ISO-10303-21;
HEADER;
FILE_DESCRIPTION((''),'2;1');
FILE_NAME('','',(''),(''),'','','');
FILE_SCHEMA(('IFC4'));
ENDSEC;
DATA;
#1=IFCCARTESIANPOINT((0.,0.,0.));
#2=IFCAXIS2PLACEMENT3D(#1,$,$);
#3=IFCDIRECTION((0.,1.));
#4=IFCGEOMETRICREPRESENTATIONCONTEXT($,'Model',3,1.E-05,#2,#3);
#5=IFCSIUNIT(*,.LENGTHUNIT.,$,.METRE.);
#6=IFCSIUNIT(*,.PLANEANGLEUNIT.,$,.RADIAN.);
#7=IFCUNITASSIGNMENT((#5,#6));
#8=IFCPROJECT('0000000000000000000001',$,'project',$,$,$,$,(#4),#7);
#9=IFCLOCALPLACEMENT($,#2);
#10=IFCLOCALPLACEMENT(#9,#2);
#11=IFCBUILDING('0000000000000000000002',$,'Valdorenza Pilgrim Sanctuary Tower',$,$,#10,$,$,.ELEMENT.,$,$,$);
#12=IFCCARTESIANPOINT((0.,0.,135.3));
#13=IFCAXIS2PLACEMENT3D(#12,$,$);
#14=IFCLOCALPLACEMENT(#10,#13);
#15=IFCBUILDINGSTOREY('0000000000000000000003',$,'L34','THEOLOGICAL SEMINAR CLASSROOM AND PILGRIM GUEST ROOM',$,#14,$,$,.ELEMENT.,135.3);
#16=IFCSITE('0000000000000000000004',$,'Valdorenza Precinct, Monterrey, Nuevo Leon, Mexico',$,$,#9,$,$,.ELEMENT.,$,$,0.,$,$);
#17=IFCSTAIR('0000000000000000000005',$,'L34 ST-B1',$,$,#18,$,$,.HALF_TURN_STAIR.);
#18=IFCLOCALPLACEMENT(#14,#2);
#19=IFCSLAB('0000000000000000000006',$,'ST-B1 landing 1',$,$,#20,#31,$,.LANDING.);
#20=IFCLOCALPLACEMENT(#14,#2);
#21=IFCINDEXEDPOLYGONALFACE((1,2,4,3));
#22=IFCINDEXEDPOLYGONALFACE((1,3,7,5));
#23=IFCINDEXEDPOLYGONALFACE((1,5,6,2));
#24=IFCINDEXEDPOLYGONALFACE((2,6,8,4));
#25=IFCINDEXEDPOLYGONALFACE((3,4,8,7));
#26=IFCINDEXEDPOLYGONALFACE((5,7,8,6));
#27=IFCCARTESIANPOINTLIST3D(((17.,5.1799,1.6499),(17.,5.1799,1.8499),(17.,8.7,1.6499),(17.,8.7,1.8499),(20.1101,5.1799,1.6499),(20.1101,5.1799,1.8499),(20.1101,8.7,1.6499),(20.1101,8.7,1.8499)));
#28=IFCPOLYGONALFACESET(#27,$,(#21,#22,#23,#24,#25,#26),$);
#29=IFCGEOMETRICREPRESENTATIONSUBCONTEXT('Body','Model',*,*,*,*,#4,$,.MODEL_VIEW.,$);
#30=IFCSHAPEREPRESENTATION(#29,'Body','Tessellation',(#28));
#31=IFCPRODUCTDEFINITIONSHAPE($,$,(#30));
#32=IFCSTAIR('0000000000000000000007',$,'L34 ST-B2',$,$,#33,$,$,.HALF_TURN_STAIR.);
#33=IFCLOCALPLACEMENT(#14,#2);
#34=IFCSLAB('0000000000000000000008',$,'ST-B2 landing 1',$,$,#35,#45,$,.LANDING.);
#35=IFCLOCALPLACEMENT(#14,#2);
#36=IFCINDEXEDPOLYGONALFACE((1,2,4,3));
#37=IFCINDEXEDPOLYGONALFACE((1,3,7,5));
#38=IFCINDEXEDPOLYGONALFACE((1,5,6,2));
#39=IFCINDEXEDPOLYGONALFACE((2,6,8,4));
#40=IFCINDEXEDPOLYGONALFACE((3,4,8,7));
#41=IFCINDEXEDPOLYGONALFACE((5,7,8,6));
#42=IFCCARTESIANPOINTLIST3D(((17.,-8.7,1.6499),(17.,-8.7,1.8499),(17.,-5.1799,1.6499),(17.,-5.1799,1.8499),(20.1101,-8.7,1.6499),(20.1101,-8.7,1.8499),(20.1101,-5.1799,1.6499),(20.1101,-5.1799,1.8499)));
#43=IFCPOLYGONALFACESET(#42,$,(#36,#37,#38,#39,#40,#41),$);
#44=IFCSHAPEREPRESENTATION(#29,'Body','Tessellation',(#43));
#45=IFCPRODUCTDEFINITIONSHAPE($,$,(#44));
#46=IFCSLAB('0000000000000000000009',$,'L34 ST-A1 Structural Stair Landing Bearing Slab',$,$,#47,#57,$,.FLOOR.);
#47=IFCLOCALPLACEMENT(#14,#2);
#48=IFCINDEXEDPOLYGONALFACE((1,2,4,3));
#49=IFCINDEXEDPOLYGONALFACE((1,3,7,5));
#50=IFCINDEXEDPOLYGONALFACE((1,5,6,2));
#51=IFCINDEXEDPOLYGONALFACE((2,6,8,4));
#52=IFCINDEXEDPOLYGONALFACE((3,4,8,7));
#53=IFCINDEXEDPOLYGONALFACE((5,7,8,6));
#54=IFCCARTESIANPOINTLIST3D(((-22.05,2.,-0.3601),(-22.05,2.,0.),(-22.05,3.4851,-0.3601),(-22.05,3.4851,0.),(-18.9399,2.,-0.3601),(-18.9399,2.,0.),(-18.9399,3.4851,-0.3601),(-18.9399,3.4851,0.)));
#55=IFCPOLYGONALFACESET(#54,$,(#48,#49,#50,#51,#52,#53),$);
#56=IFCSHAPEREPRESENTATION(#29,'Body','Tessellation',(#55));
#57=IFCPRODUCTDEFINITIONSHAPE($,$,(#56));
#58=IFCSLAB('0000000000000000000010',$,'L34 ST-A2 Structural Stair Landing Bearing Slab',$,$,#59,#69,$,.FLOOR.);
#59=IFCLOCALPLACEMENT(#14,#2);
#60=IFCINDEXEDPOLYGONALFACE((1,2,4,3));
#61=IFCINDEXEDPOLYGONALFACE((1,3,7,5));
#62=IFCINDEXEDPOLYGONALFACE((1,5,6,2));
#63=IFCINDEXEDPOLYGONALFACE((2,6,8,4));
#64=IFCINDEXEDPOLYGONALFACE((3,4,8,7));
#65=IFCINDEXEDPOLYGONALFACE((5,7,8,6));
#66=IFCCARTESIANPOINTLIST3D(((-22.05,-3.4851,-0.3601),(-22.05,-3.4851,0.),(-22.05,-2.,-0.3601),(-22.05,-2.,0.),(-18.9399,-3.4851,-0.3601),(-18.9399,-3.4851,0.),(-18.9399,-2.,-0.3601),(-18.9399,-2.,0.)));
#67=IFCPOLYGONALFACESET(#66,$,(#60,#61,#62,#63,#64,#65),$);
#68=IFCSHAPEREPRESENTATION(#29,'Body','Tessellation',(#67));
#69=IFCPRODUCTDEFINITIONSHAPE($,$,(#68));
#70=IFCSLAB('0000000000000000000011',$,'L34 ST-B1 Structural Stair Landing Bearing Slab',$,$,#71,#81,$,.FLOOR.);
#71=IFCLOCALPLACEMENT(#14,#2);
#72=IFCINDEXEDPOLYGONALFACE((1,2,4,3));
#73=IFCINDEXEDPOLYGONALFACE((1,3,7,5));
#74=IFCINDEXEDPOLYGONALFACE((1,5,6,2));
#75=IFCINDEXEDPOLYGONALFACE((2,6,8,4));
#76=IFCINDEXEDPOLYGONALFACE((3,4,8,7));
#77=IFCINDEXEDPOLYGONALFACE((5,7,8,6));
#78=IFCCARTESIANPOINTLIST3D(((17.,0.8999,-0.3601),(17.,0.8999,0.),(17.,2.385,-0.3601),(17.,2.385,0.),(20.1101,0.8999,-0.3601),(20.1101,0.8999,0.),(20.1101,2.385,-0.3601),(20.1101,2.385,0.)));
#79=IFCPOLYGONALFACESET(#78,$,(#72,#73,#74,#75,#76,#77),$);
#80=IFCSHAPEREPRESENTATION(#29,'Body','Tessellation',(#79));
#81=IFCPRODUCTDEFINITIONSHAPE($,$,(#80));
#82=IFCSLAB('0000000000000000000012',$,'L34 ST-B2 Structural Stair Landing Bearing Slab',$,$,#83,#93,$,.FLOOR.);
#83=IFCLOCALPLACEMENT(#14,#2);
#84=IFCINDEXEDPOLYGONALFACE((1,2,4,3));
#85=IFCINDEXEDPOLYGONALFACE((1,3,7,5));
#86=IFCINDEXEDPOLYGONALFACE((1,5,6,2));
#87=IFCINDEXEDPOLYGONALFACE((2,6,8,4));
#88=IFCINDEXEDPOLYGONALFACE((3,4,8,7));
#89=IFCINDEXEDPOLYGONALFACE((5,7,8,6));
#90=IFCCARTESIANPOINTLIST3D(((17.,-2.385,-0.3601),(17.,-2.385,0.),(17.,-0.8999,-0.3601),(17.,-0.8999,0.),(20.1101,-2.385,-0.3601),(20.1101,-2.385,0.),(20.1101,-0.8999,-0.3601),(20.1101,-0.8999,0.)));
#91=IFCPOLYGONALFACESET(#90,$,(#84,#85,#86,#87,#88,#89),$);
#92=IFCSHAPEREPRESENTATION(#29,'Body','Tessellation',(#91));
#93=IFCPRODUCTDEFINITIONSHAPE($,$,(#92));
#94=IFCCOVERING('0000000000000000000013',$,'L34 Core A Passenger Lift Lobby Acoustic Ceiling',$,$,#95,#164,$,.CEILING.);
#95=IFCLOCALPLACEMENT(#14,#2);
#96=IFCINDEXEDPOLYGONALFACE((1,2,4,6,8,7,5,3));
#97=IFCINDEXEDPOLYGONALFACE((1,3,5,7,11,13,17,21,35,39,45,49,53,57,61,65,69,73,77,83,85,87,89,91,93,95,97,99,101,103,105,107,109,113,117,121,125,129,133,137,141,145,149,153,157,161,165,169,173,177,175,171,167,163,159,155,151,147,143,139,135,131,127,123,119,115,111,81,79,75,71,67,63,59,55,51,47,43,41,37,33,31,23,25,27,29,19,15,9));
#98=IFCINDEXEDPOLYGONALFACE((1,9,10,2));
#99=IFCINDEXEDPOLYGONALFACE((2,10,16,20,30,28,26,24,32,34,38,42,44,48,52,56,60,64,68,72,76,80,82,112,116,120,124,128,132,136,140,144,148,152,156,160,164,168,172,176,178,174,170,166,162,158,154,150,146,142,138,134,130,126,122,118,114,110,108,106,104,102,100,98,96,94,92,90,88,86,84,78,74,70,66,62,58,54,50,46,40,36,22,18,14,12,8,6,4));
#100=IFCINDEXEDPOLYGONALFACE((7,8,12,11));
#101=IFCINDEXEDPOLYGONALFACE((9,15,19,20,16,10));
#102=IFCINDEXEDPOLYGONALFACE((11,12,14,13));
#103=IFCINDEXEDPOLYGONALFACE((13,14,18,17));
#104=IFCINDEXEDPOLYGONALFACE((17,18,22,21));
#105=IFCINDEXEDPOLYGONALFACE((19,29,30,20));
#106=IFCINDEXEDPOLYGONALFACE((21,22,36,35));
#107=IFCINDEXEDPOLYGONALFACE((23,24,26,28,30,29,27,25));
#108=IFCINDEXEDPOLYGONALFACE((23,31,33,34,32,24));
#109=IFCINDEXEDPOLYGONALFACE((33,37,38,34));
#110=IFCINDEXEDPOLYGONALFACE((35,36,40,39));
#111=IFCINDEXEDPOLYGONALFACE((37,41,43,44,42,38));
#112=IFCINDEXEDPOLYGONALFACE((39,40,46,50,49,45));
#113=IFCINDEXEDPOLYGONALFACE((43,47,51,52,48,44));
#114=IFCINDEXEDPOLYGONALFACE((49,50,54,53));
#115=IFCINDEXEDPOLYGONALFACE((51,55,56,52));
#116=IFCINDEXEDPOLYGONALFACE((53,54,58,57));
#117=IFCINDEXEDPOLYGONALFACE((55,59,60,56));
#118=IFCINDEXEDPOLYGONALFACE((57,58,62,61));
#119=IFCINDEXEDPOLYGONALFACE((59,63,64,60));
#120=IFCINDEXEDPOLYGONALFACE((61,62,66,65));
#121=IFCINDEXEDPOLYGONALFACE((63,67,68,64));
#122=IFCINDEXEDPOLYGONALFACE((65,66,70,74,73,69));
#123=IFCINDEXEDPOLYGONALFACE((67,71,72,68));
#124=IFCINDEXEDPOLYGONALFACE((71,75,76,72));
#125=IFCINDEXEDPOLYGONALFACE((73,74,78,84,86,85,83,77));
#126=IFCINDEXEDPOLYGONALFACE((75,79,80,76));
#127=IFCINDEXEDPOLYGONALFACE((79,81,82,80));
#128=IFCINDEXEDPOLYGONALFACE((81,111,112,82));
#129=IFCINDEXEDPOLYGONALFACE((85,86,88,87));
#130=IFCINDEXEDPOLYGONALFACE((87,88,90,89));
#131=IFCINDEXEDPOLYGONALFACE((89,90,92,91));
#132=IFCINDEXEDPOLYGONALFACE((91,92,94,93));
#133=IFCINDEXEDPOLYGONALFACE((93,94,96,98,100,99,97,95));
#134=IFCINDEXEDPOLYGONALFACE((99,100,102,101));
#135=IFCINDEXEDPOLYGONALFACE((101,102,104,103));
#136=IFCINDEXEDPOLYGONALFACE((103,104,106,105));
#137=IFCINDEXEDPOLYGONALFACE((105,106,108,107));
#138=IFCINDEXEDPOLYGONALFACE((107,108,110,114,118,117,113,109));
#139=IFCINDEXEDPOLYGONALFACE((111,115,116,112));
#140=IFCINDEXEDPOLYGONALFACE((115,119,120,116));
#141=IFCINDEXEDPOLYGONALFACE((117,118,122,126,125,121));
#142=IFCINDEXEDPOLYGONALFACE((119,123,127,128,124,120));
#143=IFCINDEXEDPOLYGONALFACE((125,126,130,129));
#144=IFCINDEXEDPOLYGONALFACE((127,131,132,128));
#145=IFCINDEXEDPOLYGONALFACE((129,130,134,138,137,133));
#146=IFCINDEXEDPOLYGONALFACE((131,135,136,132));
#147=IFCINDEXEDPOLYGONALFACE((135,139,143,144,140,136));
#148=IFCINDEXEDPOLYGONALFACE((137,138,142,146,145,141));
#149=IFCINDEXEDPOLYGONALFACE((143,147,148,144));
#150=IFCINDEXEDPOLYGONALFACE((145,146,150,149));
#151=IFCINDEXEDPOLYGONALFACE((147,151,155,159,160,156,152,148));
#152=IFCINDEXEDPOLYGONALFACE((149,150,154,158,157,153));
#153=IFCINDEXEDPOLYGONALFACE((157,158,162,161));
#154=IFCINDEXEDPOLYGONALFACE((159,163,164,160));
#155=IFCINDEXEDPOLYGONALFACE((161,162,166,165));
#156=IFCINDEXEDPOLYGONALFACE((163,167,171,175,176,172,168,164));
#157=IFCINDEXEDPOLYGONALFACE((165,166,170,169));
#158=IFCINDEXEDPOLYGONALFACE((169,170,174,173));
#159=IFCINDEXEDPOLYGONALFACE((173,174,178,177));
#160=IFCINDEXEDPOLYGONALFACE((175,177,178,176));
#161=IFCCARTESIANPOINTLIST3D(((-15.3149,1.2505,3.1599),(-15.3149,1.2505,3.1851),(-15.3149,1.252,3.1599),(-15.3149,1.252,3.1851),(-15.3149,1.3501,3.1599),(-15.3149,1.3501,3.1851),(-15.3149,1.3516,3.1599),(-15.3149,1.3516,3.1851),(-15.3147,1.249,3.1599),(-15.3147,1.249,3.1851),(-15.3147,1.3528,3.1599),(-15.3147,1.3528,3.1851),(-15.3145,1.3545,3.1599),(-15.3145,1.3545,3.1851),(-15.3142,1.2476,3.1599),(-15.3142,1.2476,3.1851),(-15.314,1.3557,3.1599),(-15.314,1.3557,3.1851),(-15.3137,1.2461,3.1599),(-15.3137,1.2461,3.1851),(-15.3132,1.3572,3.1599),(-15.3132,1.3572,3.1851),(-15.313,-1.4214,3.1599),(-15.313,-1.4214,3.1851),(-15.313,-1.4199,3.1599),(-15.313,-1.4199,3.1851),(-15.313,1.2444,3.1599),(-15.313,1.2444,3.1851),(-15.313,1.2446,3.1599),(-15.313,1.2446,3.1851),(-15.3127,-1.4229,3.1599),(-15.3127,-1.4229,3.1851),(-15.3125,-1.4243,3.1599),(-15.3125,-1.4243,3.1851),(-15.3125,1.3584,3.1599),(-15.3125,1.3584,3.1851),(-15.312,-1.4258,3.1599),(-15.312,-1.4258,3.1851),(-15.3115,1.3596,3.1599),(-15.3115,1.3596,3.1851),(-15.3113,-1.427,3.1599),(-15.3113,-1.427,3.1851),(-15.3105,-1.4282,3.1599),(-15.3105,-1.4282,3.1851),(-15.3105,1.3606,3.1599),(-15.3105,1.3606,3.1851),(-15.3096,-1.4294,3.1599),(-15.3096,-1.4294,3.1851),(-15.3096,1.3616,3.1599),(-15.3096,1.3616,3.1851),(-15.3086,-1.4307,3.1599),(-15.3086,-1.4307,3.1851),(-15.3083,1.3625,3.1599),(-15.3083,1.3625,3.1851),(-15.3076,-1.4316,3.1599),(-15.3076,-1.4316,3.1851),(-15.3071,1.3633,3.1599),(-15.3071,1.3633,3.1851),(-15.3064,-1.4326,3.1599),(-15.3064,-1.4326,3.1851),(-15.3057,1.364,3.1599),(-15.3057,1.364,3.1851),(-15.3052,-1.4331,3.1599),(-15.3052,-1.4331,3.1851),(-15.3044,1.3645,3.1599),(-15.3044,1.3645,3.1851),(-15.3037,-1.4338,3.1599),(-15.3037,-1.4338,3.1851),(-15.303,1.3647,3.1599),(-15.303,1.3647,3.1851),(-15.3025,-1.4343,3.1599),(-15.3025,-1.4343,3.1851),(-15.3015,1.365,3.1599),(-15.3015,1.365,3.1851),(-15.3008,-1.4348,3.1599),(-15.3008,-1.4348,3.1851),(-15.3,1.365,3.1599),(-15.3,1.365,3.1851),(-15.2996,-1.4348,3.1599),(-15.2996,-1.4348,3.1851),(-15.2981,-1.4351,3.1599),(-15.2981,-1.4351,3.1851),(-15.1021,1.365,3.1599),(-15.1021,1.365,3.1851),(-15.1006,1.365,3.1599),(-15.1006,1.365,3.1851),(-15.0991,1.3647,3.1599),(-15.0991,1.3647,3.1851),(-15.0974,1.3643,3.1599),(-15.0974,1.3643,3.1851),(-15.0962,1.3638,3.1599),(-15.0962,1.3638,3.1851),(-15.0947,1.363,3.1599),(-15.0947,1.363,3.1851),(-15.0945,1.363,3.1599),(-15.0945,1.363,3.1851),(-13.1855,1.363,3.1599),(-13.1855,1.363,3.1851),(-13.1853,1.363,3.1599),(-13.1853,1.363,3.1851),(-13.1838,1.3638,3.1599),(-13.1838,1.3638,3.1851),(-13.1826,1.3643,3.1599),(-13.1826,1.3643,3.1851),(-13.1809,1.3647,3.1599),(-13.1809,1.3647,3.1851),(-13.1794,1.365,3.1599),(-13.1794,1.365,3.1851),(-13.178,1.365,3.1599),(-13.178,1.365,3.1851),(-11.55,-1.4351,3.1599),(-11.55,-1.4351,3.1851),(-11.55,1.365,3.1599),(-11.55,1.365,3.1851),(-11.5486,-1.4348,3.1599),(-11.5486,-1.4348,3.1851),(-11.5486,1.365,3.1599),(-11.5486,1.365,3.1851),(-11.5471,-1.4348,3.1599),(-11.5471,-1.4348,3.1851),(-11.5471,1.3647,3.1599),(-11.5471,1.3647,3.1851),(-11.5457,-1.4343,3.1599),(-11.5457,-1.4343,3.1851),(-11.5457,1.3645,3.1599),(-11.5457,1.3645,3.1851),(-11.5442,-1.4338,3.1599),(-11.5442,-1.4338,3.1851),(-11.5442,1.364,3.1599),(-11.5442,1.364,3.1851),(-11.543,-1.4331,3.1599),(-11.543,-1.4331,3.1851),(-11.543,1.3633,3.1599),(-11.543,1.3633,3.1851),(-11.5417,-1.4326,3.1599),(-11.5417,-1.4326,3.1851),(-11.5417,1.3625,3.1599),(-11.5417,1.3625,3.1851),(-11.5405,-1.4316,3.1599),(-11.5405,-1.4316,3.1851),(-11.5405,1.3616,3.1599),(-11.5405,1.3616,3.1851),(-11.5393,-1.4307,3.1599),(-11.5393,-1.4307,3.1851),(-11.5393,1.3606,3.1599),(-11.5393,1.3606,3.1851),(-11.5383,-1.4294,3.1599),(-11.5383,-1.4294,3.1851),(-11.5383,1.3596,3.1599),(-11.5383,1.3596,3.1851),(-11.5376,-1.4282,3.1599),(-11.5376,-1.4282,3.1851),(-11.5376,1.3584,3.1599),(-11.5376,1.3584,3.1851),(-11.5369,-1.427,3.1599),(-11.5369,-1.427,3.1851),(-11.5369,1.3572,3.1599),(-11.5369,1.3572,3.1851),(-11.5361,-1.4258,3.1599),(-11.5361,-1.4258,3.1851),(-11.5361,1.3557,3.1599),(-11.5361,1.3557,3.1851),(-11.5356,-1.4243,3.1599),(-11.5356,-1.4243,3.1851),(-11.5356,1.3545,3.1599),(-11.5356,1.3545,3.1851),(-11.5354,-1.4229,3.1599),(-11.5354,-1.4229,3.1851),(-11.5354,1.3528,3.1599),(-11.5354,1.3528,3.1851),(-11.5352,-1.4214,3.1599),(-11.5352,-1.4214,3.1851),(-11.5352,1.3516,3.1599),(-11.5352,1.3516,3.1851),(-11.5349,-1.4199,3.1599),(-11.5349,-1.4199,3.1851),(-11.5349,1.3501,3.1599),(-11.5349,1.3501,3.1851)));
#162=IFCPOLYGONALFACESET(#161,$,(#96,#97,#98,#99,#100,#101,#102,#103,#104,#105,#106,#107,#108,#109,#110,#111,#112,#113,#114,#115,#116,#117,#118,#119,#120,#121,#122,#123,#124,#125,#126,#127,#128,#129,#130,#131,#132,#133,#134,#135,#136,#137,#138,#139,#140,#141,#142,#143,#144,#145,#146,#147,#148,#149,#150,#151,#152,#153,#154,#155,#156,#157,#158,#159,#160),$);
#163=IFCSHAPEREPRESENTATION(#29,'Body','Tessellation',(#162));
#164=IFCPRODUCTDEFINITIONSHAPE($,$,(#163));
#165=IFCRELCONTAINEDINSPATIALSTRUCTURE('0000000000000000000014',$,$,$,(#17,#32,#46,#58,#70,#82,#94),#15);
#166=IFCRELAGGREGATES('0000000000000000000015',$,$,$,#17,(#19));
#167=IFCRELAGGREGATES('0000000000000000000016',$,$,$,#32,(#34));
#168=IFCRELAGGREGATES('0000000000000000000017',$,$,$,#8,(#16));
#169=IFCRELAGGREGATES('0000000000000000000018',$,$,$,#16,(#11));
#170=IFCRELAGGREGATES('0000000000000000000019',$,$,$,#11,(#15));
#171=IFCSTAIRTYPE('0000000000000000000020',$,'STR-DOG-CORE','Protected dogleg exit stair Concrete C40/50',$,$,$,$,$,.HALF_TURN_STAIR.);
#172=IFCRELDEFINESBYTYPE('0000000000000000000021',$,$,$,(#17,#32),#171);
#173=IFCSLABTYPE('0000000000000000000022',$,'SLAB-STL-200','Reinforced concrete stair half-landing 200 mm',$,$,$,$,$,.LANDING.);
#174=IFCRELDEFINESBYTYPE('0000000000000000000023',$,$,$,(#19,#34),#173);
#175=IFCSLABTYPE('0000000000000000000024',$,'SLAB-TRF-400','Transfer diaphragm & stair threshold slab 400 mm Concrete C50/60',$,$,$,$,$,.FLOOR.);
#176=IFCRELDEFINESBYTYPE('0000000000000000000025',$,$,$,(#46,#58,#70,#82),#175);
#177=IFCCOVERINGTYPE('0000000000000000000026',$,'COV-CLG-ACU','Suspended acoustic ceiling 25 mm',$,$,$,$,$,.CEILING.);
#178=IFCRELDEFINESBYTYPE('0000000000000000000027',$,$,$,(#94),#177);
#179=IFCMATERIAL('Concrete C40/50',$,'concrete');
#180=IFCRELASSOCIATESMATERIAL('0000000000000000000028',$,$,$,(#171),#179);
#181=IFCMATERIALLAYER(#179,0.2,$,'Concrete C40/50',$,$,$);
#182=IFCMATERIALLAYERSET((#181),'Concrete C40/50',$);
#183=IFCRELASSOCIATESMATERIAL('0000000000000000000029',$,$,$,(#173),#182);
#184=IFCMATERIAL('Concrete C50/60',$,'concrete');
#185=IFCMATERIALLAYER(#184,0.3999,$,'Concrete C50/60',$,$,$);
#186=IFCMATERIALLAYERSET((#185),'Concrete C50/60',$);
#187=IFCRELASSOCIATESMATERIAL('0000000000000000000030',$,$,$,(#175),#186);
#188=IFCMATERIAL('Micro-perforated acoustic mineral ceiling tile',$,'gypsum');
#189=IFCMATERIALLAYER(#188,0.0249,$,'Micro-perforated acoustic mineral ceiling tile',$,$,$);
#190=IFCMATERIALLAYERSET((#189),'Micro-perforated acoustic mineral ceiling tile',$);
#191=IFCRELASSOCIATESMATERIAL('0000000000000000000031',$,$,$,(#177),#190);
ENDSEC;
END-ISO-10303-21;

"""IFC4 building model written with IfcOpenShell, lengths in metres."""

from ifc_helpers import new_model, si_unit, direction, frame, origin, place, context, subcontext, project, spatial, polyline, outline, extrude, material, layer, layer_set, type_object, element, aggregate, save


model = new_model("IFC4")

# Units and contexts
model_context = context("Model", 3, precision=1e-05, world=origin(), true_north=direction((0.0, 1.0)))
body_context = subcontext(model_context, "Body", "Model", "MODEL_VIEW")
ifc_project = project(units=[si_unit("LENGTHUNIT", "METRE"), si_unit("PLANEANGLEUNIT", "RADIAN")], contexts=[model_context])

# Site, building, storey
site_placement = place(None, origin())
site = spatial("IfcSite", under=ifc_project, at=site_placement, Name="Valdorenza Precinct, Monterrey, Nuevo Leon, Mexico", CompositionType="ELEMENT", RefElevation=0.0)
building_placement = place(site_placement, origin())
building = spatial("IfcBuilding", under=site, at=building_placement, Name="Valdorenza Pilgrim Sanctuary Tower", CompositionType="ELEMENT")
storey_placement = place(building_placement, frame((0.0, 0.0, 135.3)))
storey = spatial("IfcBuildingStorey", under=building, at=storey_placement, Name="L34", Description="THEOLOGICAL SEMINAR CLASSROOM AND PILGRIM GUEST ROOM", CompositionType="ELEMENT", Elevation=135.3)

# Shared definitions
ifc_material_1 = material(Name="Concrete C40/50", Category="concrete")

# Stairs, slabs
stair_type = type_object("IfcStairType", Name="STR-DOG-CORE", Description="Protected dogleg exit stair Concrete C40/50", PredefinedType="HALF_TURN_STAIR", material=ifc_material_1)
ifc_layer_1 = layer(ifc_material_1, 0.2, Name="Concrete C40/50")
ifc_layer_set_1 = layer_set([ifc_layer_1], Name="Concrete C40/50")
slab_type_1 = type_object("IfcSlabType", Name="SLAB-STL-200", Description="Reinforced concrete stair half-landing 200 mm", PredefinedType="LANDING", material=ifc_layer_set_1)
stair_1_placement = place(storey_placement, origin())
stair_1 = element("IfcStair", 1, at=stair_1_placement, inside=storey, type_object=stair_type, Name="L34 ST-B1", PredefinedType="HALF_TURN_STAIR")
slab_1_placement = place(storey_placement, frame((0.0, 0.0, 1.6499)))
slab_1 = element("IfcSlab", 2, at=slab_1_placement, type_object=slab_type_1, Name="ST-B1 landing 1", PredefinedType="LANDING", context=body_context, shape_type="SweptSolid", body=[
    extrude(outline(polyline([(20.1101, 5.1799), (20.1101, 8.7), (17.0, 8.7), (17.0, 5.1799), (20.1101, 5.1799)])), origin(), (0.0, 0.0, 1.0), 0.2),
])
aggregate(stair_1, [slab_1])
stair_2_placement = place(storey_placement, origin())
stair_2 = element("IfcStair", 3, at=stair_2_placement, inside=storey, type_object=stair_type, Name="L34 ST-B2", PredefinedType="HALF_TURN_STAIR")
slab_2_placement = place(storey_placement, frame((0.0, 0.0, 1.6499)))
slab_2 = element("IfcSlab", 4, at=slab_2_placement, type_object=slab_type_1, Name="ST-B2 landing 1", PredefinedType="LANDING", context=body_context, shape_type="SweptSolid", body=[
    extrude(outline(polyline([(17.0, -5.1799), (17.0, -8.7), (20.1101, -8.7), (20.1101, -5.1799), (17.0, -5.1799)])), origin(), (0.0, 0.0, 1.0), 0.2),
])
aggregate(stair_2, [slab_2])

# Slabs
ifc_material_2 = material(Name="Concrete C50/60", Category="concrete")
ifc_layer_2 = layer(ifc_material_2, 0.3999, Name="Concrete C50/60")
ifc_layer_set_2 = layer_set([ifc_layer_2], Name="Concrete C50/60")
slab_type_2 = type_object("IfcSlabType", Name="SLAB-TRF-400", Description="Transfer diaphragm & stair threshold slab 400 mm Concrete C50/60", PredefinedType="FLOOR", material=ifc_layer_set_2)
slab_3_placement = place(storey_placement, frame((0.0, 0.0, -0.3601)))
element("IfcSlab", 5, at=slab_3_placement, inside=storey, type_object=slab_type_2, Name="L34 ST-A1 Structural Stair Landing Bearing Slab", PredefinedType="FLOOR", context=body_context, shape_type="SweptSolid", body=[
    extrude(outline(polyline([(-22.05, 2.0), (-18.9399, 2.0), (-18.9399, 3.4851), (-22.05, 3.4851), (-22.05, 2.0)])), origin(), (0.0, 0.0, 1.0), 0.3601),
])
slab_4_placement = place(storey_placement, frame((0.0, 0.0, -0.3601)))
element("IfcSlab", 6, at=slab_4_placement, inside=storey, type_object=slab_type_2, Name="L34 ST-A2 Structural Stair Landing Bearing Slab", PredefinedType="FLOOR", context=body_context, shape_type="SweptSolid", body=[
    extrude(outline(polyline([(-22.05, -3.4851), (-18.9399, -3.4851), (-18.9399, -2.0), (-22.05, -2.0), (-22.05, -3.4851)])), origin(), (0.0, 0.0, 1.0), 0.3601),
])
slab_5_placement = place(storey_placement, frame((0.0, 0.0, -0.3601)))
element("IfcSlab", 7, at=slab_5_placement, inside=storey, type_object=slab_type_2, Name="L34 ST-B1 Structural Stair Landing Bearing Slab", PredefinedType="FLOOR", context=body_context, shape_type="SweptSolid", body=[
    extrude(outline(polyline([(17.0, 0.8999), (20.1101, 0.8999), (20.1101, 2.385), (17.0, 2.385), (17.0, 0.8999)])), origin(), (0.0, 0.0, 1.0), 0.3601),
])
slab_6_placement = place(storey_placement, frame((0.0, 0.0, -0.3601)))
element("IfcSlab", 8, at=slab_6_placement, inside=storey, type_object=slab_type_2, Name="L34 ST-B2 Structural Stair Landing Bearing Slab", PredefinedType="FLOOR", context=body_context, shape_type="SweptSolid", body=[
    extrude(outline(polyline([(17.0, -2.385), (20.1101, -2.385), (20.1101, -0.8999), (17.0, -0.8999), (17.0, -2.385)])), origin(), (0.0, 0.0, 1.0), 0.3601),
])

# Covering
ifc_material_3 = material(Name="Micro-perforated acoustic mineral ceiling tile", Category="gypsum")
ifc_layer_3 = layer(ifc_material_3, 0.0249, Name="Micro-perforated acoustic mineral ceiling tile")
ifc_layer_set_3 = layer_set([ifc_layer_3], Name="Micro-perforated acoustic mineral ceiling tile")
covering_type_1 = type_object("IfcCoveringType", Name="COV-CLG-ACU", Description="Suspended acoustic ceiling 25 mm", PredefinedType="CEILING", material=ifc_layer_set_3)
covering_1_placement = place(storey_placement, frame((0.0, 0.0, 3.1599)))
element("IfcCovering", 9, at=covering_1_placement, inside=storey, type_object=covering_type_1, Name="L34 Core A Passenger Lift Lobby Acoustic Ceiling", PredefinedType="CEILING", context=body_context, shape_type="SweptSolid", body=[
    extrude(outline(polyline([(-15.313, 1.2444), (-15.313, 1.2446), (-15.3137, 1.2461), (-15.3142, 1.2476), (-15.3147, 1.249), (-15.3149, 1.2505), (-15.3149, 1.252), (-15.3149, 1.3501), (-15.3149, 1.3516), (-15.3147, 1.3528), (-15.3145, 1.3545), (-15.314, 1.3557), (-15.3132, 1.3572), (-15.3125, 1.3584), (-15.3115, 1.3596), (-15.3105, 1.3606), (-15.3096, 1.3616), (-15.3083, 1.3625), (-15.3071, 1.3633), (-15.3057, 1.364), (-15.3044, 1.3645), (-15.303, 1.3647), (-15.3015, 1.365), (-15.3, 1.365), (-15.1021, 1.365), (-15.1006, 1.365), (-15.0991, 1.3647), (-15.0974, 1.3643), (-15.0962, 1.3638), (-15.0947, 1.363), (-15.0945, 1.363), (-13.1855, 1.363), (-13.1853, 1.363), (-13.1838, 1.3638), (-13.1826, 1.3643), (-13.1809, 1.3647), (-13.1794, 1.365), (-13.178, 1.365), (-11.55, 1.365), (-11.5486, 1.365), (-11.5471, 1.3647), (-11.5457, 1.3645), (-11.5442, 1.364), (-11.543, 1.3633), (-11.5417, 1.3625), (-11.5405, 1.3616), (-11.5393, 1.3606), (-11.5383, 1.3596), (-11.5376, 1.3584), (-11.5369, 1.3572), (-11.5361, 1.3557), (-11.5356, 1.3545), (-11.5354, 1.3528), (-11.5352, 1.3516), (-11.5349, 1.3501), (-11.5349, -1.4199), (-11.5352, -1.4214), (-11.5354, -1.4229), (-11.5356, -1.4243), (-11.5361, -1.4258), (-11.5369, -1.427), (-11.5376, -1.4282), (-11.5383, -1.4294), (-11.5393, -1.4307), (-11.5405, -1.4316), (-11.5417, -1.4326), (-11.543, -1.4331), (-11.5442, -1.4338), (-11.5457, -1.4343), (-11.5471, -1.4348), (-11.5486, -1.4348), (-11.55, -1.4351), (-15.2981, -1.4351), (-15.2996, -1.4348), (-15.3008, -1.4348), (-15.3025, -1.4343), (-15.3037, -1.4338), (-15.3052, -1.4331), (-15.3064, -1.4326), (-15.3076, -1.4316), (-15.3086, -1.4307), (-15.3096, -1.4294), (-15.3105, -1.4282), (-15.3113, -1.427), (-15.312, -1.4258), (-15.3125, -1.4243), (-15.3127, -1.4229), (-15.313, -1.4214), (-15.313, -1.4199), (-15.313, 1.2444)])), origin(), (0.0, 0.0, 1.0), 0.0251),
])

save(model, "model.ifc")
